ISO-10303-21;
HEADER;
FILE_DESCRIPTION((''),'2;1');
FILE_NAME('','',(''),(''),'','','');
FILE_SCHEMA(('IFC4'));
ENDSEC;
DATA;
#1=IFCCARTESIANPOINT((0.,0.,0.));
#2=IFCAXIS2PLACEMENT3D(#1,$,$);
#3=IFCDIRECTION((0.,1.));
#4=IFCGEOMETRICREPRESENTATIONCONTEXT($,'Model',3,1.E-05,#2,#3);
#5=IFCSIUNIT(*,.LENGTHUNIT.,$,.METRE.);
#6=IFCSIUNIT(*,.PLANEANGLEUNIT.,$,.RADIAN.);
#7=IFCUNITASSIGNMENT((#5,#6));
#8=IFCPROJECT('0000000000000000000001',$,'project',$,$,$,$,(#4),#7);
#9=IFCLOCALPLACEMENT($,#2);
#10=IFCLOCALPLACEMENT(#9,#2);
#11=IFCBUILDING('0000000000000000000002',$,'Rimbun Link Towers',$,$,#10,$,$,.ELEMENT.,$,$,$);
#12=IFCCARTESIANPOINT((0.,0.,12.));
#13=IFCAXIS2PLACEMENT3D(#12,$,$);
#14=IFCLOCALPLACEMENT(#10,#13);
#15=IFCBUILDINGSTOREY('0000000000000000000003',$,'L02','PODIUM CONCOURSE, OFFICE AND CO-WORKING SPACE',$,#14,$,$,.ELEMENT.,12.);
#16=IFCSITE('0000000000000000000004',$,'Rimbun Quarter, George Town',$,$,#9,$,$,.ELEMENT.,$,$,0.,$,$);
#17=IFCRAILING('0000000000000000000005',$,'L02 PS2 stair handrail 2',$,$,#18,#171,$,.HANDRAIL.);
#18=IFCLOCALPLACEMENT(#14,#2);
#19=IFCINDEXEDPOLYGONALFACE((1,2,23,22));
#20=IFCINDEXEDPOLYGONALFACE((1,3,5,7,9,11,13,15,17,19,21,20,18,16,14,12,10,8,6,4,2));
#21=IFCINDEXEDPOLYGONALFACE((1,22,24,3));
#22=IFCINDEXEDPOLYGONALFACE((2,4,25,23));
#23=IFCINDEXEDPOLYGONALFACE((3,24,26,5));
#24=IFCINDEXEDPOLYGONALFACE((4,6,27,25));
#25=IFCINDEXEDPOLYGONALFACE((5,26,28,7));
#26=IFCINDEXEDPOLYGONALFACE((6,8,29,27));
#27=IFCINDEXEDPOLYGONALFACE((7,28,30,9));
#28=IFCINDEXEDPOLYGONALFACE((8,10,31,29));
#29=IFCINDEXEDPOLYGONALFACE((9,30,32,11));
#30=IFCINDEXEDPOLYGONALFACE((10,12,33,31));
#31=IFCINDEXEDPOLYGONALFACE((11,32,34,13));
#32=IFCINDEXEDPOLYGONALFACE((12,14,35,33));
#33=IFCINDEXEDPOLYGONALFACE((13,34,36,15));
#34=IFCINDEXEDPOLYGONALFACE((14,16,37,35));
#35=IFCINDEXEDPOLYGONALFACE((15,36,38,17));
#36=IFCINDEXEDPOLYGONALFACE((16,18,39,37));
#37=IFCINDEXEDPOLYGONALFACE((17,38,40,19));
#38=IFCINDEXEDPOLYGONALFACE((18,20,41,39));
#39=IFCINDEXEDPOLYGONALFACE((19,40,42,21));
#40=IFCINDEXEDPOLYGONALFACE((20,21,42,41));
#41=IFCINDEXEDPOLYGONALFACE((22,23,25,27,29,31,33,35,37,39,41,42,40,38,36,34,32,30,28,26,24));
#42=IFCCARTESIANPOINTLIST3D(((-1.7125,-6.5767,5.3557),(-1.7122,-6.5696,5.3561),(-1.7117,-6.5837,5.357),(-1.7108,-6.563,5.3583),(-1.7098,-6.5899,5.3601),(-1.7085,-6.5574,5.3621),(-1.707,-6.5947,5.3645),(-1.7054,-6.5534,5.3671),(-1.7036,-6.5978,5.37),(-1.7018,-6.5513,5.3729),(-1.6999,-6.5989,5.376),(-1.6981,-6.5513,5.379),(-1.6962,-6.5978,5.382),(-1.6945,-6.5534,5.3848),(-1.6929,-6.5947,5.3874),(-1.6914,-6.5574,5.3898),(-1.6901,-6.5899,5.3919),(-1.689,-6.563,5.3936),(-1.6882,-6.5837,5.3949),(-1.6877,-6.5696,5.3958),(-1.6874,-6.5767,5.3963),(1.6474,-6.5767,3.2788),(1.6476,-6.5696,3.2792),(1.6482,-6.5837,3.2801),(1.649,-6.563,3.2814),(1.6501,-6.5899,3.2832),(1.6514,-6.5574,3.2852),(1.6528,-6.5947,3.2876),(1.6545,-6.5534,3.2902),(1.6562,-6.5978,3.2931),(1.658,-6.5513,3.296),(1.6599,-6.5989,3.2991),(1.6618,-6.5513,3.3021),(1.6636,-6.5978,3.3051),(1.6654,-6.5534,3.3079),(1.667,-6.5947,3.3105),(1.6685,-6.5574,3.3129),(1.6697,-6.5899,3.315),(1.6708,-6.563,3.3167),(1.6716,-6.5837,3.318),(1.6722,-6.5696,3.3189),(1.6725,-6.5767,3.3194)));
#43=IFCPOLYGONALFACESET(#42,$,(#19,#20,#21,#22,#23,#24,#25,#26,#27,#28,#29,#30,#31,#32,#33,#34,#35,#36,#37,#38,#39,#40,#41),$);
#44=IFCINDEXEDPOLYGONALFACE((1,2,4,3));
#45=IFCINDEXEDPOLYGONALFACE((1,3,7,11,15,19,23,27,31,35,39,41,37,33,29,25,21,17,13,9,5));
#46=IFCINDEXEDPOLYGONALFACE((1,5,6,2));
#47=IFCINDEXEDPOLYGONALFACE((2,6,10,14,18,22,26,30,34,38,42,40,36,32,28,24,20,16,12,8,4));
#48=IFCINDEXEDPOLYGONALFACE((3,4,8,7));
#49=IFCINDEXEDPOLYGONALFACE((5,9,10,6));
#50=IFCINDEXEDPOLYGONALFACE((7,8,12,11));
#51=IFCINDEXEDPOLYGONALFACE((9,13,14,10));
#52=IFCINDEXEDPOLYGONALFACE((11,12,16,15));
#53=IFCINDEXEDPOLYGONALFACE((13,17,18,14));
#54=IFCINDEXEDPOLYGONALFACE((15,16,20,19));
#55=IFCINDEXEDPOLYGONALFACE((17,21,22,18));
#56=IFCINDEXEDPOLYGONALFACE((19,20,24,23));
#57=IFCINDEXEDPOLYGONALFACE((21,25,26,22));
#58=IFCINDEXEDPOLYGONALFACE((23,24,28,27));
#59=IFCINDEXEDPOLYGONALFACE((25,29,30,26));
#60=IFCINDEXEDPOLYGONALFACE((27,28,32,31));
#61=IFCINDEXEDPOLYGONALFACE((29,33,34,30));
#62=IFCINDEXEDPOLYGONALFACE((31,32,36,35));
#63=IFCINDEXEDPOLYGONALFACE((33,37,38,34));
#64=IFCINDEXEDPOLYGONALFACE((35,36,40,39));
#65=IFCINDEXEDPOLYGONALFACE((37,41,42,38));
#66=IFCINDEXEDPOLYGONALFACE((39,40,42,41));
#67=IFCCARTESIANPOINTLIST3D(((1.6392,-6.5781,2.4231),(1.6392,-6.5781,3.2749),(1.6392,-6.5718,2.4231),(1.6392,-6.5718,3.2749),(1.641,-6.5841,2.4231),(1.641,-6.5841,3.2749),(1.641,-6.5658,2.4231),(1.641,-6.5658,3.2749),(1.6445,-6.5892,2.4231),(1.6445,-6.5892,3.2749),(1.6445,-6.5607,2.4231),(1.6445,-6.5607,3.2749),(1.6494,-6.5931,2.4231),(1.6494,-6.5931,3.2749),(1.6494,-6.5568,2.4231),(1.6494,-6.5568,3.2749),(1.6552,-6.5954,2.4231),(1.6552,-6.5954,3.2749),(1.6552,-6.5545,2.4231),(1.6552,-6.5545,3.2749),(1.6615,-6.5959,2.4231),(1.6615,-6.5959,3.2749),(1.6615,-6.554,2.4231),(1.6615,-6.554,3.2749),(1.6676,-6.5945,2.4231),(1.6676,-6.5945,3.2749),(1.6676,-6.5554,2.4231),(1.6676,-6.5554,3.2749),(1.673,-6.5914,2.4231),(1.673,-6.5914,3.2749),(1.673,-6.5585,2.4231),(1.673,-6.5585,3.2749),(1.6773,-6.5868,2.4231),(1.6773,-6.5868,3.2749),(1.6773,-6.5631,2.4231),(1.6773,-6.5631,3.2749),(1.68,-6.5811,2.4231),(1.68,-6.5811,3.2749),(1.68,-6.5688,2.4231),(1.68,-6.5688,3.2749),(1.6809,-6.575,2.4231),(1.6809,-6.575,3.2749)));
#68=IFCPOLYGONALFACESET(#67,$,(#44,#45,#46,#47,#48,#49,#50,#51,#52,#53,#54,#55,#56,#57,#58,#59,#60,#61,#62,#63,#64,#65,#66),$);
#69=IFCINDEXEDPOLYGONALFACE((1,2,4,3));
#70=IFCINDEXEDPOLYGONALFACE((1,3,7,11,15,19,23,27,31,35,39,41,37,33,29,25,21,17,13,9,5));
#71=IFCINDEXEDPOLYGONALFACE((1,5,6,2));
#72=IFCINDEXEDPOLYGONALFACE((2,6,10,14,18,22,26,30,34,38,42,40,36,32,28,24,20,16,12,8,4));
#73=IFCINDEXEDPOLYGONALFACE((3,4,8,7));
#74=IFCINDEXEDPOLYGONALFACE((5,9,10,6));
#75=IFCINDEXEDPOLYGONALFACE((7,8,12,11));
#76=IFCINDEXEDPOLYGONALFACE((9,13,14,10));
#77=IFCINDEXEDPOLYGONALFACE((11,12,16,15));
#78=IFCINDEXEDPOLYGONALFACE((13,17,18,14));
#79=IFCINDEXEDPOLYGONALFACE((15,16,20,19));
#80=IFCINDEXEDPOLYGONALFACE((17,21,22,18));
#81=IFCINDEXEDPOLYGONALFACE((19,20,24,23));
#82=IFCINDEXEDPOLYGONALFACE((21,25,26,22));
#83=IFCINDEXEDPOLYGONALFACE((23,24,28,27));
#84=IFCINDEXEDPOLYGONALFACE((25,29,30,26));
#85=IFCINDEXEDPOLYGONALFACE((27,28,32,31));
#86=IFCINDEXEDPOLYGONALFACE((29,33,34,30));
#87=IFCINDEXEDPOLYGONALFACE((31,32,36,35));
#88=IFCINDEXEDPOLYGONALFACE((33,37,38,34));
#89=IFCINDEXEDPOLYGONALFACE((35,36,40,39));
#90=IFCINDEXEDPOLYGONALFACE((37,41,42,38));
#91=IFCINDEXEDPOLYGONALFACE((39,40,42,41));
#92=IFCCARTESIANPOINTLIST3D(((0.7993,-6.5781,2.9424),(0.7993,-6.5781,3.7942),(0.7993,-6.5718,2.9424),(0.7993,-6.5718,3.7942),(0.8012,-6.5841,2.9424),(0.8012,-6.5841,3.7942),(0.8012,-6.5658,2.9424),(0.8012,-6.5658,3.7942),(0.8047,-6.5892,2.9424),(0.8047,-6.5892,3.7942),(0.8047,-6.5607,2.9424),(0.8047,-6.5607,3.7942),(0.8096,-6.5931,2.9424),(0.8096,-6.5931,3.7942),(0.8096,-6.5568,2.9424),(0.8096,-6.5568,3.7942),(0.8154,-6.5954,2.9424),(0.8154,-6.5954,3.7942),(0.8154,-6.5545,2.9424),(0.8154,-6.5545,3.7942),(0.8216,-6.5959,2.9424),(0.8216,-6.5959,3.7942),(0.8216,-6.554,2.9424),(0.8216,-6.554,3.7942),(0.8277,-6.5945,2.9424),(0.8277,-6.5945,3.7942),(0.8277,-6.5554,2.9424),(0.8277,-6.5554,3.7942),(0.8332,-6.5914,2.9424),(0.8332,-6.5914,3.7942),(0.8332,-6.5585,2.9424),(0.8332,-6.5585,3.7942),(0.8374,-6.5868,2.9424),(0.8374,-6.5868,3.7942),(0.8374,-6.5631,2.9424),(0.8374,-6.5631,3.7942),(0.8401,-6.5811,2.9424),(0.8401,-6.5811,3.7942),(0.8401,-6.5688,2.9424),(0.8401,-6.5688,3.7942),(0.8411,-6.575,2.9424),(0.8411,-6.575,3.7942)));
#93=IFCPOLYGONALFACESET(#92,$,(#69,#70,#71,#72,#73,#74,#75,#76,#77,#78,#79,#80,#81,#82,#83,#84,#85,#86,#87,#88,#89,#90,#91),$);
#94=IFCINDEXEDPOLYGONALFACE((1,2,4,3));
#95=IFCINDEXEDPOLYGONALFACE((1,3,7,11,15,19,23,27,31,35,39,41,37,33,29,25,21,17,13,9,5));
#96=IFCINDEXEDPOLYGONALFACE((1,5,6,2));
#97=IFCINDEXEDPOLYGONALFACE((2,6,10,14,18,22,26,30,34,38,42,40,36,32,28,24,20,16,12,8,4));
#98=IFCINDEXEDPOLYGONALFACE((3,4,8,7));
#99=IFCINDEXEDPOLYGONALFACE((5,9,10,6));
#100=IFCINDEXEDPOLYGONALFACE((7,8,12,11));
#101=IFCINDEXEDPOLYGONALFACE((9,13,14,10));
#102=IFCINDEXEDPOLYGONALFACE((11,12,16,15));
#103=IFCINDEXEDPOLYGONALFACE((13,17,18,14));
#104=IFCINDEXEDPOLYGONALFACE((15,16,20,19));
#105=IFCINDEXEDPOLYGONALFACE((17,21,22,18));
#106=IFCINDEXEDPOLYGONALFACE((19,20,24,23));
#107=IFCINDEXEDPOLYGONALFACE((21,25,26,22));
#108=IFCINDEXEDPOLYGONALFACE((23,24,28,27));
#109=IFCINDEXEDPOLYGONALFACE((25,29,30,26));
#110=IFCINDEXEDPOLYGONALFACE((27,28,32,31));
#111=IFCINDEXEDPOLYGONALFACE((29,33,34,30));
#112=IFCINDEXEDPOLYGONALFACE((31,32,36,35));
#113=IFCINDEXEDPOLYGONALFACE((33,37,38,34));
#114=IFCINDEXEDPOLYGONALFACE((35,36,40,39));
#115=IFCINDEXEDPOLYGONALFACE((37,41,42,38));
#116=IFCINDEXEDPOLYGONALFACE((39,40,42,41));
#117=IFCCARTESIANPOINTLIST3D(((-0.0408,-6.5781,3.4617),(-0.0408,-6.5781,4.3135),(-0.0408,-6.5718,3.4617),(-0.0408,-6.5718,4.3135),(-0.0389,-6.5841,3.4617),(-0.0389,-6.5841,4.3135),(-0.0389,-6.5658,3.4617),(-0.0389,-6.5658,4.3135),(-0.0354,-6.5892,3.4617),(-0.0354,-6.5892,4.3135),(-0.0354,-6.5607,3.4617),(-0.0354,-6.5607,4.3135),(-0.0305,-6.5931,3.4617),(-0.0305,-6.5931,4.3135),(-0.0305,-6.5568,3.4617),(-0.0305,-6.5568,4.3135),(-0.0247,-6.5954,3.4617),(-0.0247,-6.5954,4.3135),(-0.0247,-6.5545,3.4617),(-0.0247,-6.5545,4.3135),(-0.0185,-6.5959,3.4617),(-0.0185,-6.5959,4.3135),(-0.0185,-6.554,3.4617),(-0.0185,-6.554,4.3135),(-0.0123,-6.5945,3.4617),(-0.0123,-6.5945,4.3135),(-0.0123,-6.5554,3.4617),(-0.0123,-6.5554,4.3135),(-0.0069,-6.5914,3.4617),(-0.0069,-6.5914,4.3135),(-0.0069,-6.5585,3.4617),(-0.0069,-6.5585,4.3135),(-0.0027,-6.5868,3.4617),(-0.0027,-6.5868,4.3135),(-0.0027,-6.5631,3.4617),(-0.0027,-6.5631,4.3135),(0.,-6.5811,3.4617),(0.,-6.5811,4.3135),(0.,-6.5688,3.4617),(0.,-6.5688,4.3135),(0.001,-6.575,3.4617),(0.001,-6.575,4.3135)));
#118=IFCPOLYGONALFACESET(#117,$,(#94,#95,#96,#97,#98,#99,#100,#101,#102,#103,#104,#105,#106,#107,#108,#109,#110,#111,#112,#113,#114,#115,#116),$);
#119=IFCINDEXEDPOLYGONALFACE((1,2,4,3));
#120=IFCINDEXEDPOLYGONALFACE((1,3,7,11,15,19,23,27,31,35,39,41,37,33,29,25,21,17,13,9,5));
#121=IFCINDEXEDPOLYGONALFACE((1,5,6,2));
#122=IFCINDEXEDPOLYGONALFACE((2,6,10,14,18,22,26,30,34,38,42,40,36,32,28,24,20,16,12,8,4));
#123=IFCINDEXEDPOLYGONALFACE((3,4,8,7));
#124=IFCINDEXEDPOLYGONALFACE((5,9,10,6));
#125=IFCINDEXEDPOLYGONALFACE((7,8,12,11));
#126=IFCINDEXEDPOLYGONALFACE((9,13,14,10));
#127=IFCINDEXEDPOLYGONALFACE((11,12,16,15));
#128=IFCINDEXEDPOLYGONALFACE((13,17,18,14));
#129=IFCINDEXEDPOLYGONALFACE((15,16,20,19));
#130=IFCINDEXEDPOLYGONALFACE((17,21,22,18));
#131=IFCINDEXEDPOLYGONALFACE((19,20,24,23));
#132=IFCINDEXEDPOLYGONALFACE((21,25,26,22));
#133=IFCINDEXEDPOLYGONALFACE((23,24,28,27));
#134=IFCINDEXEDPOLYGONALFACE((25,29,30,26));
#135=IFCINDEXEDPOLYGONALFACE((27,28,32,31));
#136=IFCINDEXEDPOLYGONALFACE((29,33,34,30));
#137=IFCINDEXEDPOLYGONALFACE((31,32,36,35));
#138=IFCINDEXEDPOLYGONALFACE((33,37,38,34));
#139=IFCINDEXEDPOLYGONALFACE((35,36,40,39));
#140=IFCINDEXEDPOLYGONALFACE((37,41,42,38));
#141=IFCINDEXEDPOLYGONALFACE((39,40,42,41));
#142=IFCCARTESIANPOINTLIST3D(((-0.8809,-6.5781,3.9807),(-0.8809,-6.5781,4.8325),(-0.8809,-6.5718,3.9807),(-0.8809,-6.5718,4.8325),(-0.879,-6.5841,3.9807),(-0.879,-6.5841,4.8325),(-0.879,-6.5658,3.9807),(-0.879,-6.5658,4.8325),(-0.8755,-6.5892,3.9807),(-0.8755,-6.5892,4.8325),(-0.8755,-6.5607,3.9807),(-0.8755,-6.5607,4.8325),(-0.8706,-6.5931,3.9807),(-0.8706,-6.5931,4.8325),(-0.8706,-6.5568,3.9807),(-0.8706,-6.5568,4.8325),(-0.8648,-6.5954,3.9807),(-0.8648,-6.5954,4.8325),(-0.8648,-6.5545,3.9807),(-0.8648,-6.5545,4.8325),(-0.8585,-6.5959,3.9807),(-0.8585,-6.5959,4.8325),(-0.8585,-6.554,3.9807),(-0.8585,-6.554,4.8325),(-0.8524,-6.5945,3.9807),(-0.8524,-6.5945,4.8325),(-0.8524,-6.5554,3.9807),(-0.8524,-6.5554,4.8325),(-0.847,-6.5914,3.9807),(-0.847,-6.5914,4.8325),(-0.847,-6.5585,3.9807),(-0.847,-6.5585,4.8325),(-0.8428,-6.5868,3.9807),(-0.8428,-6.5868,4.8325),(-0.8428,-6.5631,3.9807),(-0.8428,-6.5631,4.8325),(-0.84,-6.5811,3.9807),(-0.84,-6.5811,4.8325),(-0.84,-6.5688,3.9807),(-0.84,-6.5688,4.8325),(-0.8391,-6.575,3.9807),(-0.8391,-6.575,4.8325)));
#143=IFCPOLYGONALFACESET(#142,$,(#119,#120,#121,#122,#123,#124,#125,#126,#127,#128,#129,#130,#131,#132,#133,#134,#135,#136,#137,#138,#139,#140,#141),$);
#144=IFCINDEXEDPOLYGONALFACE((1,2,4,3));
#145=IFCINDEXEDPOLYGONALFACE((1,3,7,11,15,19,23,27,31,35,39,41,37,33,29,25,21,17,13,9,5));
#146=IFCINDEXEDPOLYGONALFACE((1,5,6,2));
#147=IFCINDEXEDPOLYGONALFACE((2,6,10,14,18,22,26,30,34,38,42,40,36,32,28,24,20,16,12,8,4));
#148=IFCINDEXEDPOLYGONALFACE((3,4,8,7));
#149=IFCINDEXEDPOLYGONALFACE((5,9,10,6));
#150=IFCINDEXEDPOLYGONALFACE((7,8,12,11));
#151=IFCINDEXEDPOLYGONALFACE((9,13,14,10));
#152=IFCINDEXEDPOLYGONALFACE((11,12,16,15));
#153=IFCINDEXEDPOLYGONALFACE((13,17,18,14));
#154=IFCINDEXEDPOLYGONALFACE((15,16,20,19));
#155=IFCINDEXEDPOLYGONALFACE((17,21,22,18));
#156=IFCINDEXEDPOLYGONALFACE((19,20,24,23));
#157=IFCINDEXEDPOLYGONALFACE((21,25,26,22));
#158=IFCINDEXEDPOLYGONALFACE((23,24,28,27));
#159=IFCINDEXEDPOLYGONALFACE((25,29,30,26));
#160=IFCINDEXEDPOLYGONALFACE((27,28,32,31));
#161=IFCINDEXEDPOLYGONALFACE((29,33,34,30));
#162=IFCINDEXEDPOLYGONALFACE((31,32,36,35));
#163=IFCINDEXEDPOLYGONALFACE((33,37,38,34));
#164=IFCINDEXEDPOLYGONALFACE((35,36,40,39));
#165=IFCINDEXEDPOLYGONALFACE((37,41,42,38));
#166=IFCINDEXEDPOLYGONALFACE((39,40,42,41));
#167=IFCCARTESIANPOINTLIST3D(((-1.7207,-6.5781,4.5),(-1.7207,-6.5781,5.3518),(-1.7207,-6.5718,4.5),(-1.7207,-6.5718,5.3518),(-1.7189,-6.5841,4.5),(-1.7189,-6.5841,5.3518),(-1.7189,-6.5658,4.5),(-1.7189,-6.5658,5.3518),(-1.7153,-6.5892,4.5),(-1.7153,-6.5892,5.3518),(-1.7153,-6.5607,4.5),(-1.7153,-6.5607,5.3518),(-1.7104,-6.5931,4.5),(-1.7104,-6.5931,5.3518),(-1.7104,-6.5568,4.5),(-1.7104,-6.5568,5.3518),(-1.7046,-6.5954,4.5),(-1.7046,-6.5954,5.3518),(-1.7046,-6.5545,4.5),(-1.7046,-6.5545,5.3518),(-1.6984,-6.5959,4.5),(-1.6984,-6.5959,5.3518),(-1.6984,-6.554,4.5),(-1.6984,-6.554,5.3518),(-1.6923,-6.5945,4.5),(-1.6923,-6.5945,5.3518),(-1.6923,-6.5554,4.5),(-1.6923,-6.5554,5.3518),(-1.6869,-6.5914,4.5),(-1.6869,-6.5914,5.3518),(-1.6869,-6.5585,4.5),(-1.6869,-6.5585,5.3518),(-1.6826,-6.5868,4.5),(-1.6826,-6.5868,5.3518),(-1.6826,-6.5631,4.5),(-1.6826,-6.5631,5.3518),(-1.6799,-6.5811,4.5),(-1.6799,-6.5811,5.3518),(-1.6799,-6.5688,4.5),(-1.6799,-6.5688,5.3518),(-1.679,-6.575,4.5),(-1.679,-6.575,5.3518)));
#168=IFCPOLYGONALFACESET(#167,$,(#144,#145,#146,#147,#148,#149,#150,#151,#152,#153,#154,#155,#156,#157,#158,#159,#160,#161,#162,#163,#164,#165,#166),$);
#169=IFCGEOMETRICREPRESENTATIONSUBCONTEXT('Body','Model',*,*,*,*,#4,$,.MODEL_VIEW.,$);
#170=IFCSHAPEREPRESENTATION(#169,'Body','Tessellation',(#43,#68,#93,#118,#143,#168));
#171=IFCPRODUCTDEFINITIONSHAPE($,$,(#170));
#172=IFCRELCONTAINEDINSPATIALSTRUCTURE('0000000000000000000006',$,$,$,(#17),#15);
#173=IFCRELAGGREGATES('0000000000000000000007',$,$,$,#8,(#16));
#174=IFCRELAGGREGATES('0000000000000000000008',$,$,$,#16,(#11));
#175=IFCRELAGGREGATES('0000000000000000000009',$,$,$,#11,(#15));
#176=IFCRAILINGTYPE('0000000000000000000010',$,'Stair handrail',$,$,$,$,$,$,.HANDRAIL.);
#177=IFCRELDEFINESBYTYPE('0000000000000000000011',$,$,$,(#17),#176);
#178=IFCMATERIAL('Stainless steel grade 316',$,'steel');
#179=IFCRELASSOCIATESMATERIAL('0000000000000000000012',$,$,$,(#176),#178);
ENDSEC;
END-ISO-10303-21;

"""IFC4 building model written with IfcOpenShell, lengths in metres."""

from ifc_helpers import new_model, si_unit, direction, frame, origin, origin_2d, place, context, subcontext, project, spatial, circle, extrude, material, type_object, element, save


model = new_model("IFC4")

# Units and contexts
model_context = context("Model", 3, precision=1e-05, world=origin(), true_north=direction((0.0, 1.0)))
body_context = subcontext(model_context, "Body", "Model", "MODEL_VIEW")
ifc_project = project(units=[si_unit("LENGTHUNIT", "METRE"), si_unit("PLANEANGLEUNIT", "RADIAN")], contexts=[model_context])

# Site, building, storey
site_placement = place(None, origin())
site = spatial("IfcSite", under=ifc_project, at=site_placement, Name="Rimbun Quarter, George Town", CompositionType="ELEMENT", RefElevation=0.0)
building_placement = place(site_placement, origin())
building = spatial("IfcBuilding", under=site, at=building_placement, Name="Rimbun Link Towers", CompositionType="ELEMENT")
storey_placement = place(building_placement, frame((0.0, 0.0, 12.0)))
storey = spatial("IfcBuildingStorey", under=building, at=storey_placement, Name="L02", Description="PODIUM CONCOURSE, OFFICE AND CO-WORKING SPACE", CompositionType="ELEMENT", Elevation=12.0)

# Railing
ifc_material_1 = material(Name="Stainless steel grade 316", Category="steel")
railing_type_1 = type_object("IfcRailingType", Name="Stair handrail", PredefinedType="HANDRAIL", material=ifc_material_1)
railing_1_placement = place(storey_placement, frame((1.6599, -6.575, 2.4231)))
element("IfcRailing", 1, at=railing_1_placement, inside=storey, type_object=railing_type_1, Name="L02 PS2 stair handrail 2", PredefinedType="HANDRAIL", context=body_context, shape_type="SweptSolid", body=[
    extrude(circle(Radius=0.0239, at=origin_2d()), frame((0.0, 0.0, 0.876), z_axis=(-0.850606, 0.0, 0.525803), x_axis=(0.0, -1.0, 0.0)), (0.0, 0.0, 1.0), 3.95),
    extrude(circle(Radius=0.021, at=origin_2d()), origin(), (0.0, 0.0, 1.0), 0.8518),
    extrude(circle(Radius=0.021, at=origin_2d()), frame((-0.8398, 0.0, 0.5193)), (0.0, 0.0, 1.0), 0.8518),
    extrude(circle(Radius=0.021, at=origin_2d()), frame((-1.6799, 0.0, 1.0386)), (0.0, 0.0, 1.0), 0.8518),
    extrude(circle(Radius=0.021, at=origin_2d()), frame((-2.52, 0.0, 1.5576)), (0.0, 0.0, 1.0), 0.8518),
    extrude(circle(Radius=0.021, at=origin_2d()), frame((-3.3599, 0.0, 2.0769)), (0.0, 0.0, 1.0), 0.8518),
])

save(model, "model.ifc")
